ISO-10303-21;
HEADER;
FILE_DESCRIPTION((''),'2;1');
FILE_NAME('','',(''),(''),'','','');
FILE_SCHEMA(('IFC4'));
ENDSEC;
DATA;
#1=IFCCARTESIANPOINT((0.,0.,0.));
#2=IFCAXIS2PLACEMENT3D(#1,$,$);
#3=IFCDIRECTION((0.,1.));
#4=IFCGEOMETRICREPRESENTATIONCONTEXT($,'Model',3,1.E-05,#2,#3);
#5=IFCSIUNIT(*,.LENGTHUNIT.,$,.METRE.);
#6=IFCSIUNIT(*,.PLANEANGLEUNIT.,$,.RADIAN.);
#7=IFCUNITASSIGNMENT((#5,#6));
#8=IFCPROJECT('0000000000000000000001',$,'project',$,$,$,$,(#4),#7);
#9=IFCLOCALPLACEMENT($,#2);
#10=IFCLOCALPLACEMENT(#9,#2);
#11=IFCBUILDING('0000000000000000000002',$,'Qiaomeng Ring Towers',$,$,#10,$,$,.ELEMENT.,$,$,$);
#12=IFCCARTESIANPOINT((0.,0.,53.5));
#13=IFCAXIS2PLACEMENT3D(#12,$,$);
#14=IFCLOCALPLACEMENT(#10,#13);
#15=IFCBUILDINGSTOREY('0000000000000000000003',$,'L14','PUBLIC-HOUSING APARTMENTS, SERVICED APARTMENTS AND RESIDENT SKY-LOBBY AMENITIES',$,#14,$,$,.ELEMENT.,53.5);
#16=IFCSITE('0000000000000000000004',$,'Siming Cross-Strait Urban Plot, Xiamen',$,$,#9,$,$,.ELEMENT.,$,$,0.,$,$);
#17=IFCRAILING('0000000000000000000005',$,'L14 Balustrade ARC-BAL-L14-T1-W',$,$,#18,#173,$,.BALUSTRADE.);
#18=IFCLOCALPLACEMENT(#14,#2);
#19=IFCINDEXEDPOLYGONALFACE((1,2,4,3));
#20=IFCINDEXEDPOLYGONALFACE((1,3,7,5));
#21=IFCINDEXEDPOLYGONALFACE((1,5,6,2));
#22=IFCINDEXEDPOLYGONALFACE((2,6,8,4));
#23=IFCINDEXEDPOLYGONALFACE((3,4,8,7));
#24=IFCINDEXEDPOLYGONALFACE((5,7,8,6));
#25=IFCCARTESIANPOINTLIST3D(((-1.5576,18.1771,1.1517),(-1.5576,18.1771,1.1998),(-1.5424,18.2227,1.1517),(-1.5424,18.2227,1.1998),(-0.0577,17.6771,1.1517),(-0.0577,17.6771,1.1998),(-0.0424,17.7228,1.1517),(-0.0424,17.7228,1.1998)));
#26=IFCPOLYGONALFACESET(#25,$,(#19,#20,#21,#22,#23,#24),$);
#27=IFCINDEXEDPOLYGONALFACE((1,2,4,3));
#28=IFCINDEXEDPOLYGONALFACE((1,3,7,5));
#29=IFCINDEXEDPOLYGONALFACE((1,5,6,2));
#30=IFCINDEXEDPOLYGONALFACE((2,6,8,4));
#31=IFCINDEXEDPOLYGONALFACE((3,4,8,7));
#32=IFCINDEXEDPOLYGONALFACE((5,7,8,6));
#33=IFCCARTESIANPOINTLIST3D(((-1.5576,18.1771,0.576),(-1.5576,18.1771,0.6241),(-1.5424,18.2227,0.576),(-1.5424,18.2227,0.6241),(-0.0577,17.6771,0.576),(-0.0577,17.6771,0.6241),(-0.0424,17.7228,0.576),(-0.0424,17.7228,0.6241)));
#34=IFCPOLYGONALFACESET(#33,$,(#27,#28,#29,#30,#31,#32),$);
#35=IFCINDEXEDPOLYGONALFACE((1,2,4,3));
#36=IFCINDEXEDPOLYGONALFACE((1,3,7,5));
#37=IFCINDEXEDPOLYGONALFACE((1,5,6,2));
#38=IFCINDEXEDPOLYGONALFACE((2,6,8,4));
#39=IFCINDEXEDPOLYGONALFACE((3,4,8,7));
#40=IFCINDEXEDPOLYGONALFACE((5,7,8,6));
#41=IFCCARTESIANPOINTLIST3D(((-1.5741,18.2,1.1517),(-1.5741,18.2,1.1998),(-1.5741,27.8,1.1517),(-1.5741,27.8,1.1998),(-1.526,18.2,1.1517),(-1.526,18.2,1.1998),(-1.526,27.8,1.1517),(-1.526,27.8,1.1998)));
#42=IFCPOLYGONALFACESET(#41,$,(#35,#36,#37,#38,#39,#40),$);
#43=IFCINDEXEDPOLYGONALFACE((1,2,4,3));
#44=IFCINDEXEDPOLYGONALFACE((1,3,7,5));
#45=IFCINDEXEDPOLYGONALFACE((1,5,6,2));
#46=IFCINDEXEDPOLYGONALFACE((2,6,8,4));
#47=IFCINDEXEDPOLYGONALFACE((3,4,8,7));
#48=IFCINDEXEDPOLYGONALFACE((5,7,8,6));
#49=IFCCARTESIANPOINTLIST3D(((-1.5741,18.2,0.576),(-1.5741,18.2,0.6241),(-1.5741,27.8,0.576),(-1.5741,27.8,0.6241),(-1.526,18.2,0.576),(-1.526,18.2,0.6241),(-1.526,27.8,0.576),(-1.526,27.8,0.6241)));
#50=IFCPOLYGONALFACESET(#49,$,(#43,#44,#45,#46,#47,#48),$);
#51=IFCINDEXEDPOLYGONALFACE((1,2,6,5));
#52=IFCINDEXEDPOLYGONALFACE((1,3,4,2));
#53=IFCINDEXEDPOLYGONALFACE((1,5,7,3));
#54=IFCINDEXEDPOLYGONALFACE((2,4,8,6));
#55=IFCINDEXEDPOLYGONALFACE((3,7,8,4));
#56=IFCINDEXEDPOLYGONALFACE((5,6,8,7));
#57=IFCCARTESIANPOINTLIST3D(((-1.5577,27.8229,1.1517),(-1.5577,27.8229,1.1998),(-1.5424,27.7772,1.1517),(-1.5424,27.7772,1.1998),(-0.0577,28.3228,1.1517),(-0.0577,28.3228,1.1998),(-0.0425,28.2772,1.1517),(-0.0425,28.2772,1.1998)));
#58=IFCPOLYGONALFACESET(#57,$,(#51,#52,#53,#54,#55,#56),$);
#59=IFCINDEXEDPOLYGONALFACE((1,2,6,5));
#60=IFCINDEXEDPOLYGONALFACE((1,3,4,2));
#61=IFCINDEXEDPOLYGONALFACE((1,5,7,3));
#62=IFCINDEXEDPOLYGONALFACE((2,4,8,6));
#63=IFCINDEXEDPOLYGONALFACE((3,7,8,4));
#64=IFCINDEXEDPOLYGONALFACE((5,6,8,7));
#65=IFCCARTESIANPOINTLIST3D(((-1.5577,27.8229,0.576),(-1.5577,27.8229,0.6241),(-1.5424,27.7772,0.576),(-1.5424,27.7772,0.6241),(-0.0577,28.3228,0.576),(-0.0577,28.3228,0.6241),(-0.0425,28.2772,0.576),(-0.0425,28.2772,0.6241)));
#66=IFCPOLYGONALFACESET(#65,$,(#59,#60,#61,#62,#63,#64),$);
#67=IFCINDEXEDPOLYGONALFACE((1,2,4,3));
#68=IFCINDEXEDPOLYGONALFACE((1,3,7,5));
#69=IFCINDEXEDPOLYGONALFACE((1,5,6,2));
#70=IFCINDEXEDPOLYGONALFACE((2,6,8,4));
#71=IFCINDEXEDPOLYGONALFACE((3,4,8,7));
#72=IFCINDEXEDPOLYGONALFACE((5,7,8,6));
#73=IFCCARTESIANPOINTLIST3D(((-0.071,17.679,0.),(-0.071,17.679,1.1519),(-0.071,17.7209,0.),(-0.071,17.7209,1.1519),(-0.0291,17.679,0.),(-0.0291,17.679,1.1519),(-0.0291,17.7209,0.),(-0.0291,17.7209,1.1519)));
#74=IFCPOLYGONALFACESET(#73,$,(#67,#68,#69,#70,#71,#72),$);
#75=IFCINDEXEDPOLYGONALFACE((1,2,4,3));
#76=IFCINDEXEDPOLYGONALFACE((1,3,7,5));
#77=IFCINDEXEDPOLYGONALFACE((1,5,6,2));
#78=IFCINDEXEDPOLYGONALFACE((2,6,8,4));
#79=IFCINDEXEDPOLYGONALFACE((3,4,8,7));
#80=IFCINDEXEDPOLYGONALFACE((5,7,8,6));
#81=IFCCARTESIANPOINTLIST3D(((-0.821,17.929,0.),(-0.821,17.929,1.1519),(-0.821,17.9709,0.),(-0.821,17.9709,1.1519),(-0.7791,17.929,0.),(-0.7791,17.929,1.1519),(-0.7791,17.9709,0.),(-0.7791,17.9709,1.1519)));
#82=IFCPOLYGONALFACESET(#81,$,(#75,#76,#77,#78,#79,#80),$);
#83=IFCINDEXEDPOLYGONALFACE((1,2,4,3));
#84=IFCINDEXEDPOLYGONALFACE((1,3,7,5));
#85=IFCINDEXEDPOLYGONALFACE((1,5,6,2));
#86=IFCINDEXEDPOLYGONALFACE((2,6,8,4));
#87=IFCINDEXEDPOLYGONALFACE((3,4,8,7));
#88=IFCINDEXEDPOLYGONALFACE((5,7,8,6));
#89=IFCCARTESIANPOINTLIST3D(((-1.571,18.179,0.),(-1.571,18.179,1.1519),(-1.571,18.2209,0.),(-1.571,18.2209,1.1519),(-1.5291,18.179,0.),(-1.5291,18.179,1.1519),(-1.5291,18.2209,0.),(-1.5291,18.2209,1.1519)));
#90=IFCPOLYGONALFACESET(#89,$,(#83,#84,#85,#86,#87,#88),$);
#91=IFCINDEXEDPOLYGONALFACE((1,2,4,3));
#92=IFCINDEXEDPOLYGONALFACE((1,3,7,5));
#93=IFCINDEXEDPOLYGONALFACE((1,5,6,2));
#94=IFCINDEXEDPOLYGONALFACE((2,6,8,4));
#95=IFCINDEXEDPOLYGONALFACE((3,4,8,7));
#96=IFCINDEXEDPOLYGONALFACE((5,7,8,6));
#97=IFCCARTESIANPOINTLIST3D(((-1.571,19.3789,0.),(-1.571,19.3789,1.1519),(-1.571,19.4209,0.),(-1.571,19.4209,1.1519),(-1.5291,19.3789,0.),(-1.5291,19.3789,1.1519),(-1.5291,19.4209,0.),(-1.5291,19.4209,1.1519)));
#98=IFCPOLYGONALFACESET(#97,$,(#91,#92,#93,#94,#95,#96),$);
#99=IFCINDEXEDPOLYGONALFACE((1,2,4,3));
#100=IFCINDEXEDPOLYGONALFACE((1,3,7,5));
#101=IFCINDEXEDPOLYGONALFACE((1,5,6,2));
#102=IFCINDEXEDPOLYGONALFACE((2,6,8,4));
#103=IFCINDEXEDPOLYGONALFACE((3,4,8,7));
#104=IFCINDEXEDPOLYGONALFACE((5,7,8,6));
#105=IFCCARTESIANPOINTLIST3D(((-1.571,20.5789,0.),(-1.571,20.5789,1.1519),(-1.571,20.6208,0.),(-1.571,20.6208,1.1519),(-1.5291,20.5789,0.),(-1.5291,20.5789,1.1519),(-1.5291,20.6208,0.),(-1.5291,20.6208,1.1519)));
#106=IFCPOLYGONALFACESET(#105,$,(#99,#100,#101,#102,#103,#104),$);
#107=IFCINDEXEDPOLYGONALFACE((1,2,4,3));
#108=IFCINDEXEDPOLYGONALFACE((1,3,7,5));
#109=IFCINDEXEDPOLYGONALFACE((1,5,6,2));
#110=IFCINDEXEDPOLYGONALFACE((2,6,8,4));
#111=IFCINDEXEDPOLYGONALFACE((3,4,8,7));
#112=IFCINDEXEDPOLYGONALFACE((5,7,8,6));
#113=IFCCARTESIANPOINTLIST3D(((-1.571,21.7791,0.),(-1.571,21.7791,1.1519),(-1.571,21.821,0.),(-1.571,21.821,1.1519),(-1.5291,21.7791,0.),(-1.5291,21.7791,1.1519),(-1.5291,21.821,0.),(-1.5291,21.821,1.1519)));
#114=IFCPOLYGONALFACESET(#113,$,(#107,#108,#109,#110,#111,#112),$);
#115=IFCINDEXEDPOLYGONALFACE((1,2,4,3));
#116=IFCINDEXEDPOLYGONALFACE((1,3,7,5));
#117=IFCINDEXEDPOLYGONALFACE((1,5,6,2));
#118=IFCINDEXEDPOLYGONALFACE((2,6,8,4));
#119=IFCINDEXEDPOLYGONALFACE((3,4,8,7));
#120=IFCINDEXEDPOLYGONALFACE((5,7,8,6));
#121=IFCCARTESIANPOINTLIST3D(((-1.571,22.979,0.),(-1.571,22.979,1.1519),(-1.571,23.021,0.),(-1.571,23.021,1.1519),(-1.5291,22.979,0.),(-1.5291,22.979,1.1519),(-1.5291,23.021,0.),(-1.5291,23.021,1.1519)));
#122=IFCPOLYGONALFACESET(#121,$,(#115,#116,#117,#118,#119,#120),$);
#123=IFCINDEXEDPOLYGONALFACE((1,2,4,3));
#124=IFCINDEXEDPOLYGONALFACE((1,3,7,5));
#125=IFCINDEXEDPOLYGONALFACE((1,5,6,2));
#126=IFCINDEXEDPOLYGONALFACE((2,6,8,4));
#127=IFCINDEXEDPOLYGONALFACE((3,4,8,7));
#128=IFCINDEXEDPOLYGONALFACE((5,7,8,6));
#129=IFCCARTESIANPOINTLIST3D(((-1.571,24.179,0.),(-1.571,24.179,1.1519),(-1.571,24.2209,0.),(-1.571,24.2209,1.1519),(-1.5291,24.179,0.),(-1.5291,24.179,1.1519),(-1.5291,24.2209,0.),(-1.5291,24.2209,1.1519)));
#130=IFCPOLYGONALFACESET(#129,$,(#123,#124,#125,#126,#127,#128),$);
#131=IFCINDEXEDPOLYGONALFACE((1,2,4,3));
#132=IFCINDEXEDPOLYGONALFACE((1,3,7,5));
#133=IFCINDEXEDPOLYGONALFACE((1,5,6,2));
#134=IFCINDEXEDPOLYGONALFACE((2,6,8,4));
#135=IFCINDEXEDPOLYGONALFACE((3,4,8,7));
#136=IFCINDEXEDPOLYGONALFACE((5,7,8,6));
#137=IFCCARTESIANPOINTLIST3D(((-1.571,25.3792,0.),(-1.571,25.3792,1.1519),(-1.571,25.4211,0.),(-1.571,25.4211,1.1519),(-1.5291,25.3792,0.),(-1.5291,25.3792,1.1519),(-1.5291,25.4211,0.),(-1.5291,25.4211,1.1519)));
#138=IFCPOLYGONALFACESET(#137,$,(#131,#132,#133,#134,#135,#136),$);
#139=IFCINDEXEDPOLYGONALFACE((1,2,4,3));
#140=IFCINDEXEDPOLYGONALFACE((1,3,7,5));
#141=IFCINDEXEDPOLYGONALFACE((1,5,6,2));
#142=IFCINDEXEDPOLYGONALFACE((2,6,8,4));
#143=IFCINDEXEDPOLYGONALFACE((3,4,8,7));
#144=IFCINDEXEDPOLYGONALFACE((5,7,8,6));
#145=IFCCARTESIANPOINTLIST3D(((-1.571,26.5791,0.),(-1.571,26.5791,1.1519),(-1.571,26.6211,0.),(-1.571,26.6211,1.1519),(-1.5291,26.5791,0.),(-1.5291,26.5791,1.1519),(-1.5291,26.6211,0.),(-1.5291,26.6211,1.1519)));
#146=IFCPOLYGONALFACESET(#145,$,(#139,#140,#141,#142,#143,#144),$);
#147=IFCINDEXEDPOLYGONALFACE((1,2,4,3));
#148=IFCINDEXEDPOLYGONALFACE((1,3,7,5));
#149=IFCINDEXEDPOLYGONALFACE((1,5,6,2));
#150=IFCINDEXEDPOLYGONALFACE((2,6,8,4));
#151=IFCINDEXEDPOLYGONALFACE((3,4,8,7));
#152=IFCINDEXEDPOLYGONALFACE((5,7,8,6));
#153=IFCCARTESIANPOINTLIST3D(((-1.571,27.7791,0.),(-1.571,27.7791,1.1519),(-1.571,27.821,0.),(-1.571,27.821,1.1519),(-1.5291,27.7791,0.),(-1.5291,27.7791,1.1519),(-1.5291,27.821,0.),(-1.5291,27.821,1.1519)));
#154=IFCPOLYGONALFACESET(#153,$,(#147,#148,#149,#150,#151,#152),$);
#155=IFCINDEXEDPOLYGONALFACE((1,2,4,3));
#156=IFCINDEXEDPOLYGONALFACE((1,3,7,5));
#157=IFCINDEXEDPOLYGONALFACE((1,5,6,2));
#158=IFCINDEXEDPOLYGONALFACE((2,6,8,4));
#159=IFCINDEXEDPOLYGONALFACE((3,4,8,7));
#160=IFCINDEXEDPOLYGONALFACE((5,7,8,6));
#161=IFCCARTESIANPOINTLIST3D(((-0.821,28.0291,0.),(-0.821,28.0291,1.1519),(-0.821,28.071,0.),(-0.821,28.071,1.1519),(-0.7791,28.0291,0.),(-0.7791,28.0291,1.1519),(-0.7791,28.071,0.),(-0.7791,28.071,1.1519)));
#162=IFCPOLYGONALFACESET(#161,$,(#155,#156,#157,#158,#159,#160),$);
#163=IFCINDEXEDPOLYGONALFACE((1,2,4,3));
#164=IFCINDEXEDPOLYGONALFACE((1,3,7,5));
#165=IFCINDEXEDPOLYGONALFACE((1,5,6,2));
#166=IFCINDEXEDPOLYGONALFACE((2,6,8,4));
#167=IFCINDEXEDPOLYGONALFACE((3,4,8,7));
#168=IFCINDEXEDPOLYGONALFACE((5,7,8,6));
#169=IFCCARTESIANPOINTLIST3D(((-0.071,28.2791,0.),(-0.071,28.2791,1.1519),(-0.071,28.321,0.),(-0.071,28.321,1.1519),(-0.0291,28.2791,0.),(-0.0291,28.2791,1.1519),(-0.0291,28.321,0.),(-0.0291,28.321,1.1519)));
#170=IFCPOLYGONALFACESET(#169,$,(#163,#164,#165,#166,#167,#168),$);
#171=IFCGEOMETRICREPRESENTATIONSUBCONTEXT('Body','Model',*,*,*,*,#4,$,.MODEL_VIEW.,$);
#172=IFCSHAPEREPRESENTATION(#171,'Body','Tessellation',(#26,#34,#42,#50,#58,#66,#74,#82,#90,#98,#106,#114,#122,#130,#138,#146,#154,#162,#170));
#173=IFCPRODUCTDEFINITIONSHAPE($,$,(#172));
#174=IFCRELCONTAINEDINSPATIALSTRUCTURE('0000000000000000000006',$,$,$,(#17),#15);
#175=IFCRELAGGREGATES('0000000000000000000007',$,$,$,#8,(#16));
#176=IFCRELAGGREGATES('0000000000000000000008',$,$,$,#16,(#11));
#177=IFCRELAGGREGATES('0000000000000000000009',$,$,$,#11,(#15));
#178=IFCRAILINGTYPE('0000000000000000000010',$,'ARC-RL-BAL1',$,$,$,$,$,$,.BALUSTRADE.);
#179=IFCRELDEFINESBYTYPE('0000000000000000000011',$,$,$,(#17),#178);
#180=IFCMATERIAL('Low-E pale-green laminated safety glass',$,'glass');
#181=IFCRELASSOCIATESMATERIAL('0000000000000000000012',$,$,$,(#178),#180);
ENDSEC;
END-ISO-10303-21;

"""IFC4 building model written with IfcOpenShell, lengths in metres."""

from ifc_helpers import new_model, si_unit, direction, frame, origin, origin_2d, place, context, subcontext, project, spatial, rectangle, extrude, material, type_object, element, save


model = new_model("IFC4")

# Units and contexts
model_context = context("Model", 3, precision=1e-05, world=origin(), true_north=direction((0.0, 1.0)))
body_context = subcontext(model_context, "Body", "Model", "MODEL_VIEW")
ifc_project = project(units=[si_unit("LENGTHUNIT", "METRE"), si_unit("PLANEANGLEUNIT", "RADIAN")], contexts=[model_context])

# Site, building, storey
site_placement = place(None, origin())
site = spatial("IfcSite", under=ifc_project, at=site_placement, Name="Siming Cross-Strait Urban Plot, Xiamen", CompositionType="ELEMENT", RefElevation=0.0)
building_placement = place(site_placement, origin())
building = spatial("IfcBuilding", under=site, at=building_placement, Name="Qiaomeng Ring Towers", CompositionType="ELEMENT")
storey_placement = place(building_placement, frame((0.0, 0.0, 53.5)))
storey = spatial("IfcBuildingStorey", under=building, at=storey_placement, Name="L14", Description="PUBLIC-HOUSING APARTMENTS, SERVICED APARTMENTS AND RESIDENT SKY-LOBBY AMENITIES", CompositionType="ELEMENT", Elevation=53.5)

# Railing
ifc_material_1 = material(Name="Low-E pale-green laminated safety glass", Category="glass")
railing_type = type_object("IfcRailingType", Name="ARC-RL-BAL1", PredefinedType="BALUSTRADE", material=ifc_material_1)
railing_1_placement = place(storey_placement, frame((-0.05, 17.7, 0.0)))
element("IfcRailing", 1, at=railing_1_placement, inside=storey, type_object=railing_type, Name="L14 Balustrade ARC-BAL-L14-T1-W", PredefinedType="BALUSTRADE", context=body_context, shape_type="SweptSolid", body=[
    extrude(rectangle(XDim=0.0481, YDim=0.0481, at=origin_2d()), frame((0.0, 0.0, 1.1758), z_axis=(-0.948683, 0.316228, 0.0), x_axis=(-0.316228, -0.948683, 0.0)), (0.0, 0.0, 1.0), 1.5811),
    extrude(rectangle(XDim=0.0481, YDim=0.0481, at=origin_2d()), frame((0.0, 0.0, 0.6001), z_axis=(-0.948683, 0.316228, 0.0), x_axis=(-0.316228, -0.948683, 0.0)), (0.0, 0.0, 1.0), 1.5811),
    extrude(rectangle(XDim=0.0481, YDim=0.0481, at=origin_2d()), frame((-1.5, 0.5, 1.1758), z_axis=(0.0, 1.0, 0.0), x_axis=(-1.0, 0.0, 0.0)), (0.0, 0.0, 1.0), 9.6001),
    extrude(rectangle(XDim=0.0481, YDim=0.0481, at=origin_2d()), frame((-1.5, 0.5, 0.6001), z_axis=(0.0, 1.0, 0.0), x_axis=(-1.0, 0.0, 0.0)), (0.0, 0.0, 1.0), 9.6001),
    extrude(rectangle(XDim=0.0481, YDim=0.0481, at=origin_2d()), frame((-1.5, 10.1001, 1.1758), z_axis=(0.948683, 0.316228, 0.0), x_axis=(-0.316228, 0.948683, 0.0)), (0.0, 0.0, 1.0), 1.5811),
    extrude(rectangle(XDim=0.0481, YDim=0.0481, at=origin_2d()), frame((-1.5, 10.1001, 0.6001), z_axis=(0.948683, 0.316228, 0.0), x_axis=(-0.316228, 0.948683, 0.0)), (0.0, 0.0, 1.0), 1.5811),
    extrude(rectangle(XDim=0.042, YDim=0.042, at=origin_2d()), origin(), (0.0, 0.0, 1.0), 1.1519),
    extrude(rectangle(XDim=0.042, YDim=0.042, at=origin_2d()), frame((-0.75, 0.25, 0.0)), (0.0, 0.0, 1.0), 1.1519),
    extrude(rectangle(XDim=0.042, YDim=0.042, at=origin_2d()), frame((-1.5, 0.5, 0.0)), (0.0, 0.0, 1.0), 1.1519),
    extrude(rectangle(XDim=0.042, YDim=0.042, at=origin_2d()), frame((-1.5, 1.7, 0.0)), (0.0, 0.0, 1.0), 1.1519),
    extrude(rectangle(XDim=0.042, YDim=0.042, at=origin_2d()), frame((-1.5, 2.8999, 0.0)), (0.0, 0.0, 1.0), 1.1519),
    extrude(rectangle(XDim=0.042, YDim=0.042, at=origin_2d()), frame((-1.5, 4.1001, 0.0)), (0.0, 0.0, 1.0), 1.1519),
    extrude(rectangle(XDim=0.042, YDim=0.042, at=origin_2d()), frame((-1.5, 5.3, 0.0)), (0.0, 0.0, 1.0), 1.1519),
    extrude(rectangle(XDim=0.042, YDim=0.042, at=origin_2d()), frame((-1.5, 6.5, 0.0)), (0.0, 0.0, 1.0), 1.1519),
    extrude(rectangle(XDim=0.042, YDim=0.042, at=origin_2d()), frame((-1.5, 7.7002, 0.0)), (0.0, 0.0, 1.0), 1.1519),
    extrude(rectangle(XDim=0.042, YDim=0.042, at=origin_2d()), frame((-1.5, 8.9001, 0.0)), (0.0, 0.0, 1.0), 1.1519),
    extrude(rectangle(XDim=0.042, YDim=0.042, at=origin_2d()), frame((-1.5, 10.1001, 0.0)), (0.0, 0.0, 1.0), 1.1519),
    extrude(rectangle(XDim=0.042, YDim=0.042, at=origin_2d()), frame((-0.75, 10.3501, 0.0)), (0.0, 0.0, 1.0), 1.1519),
    extrude(rectangle(XDim=0.042, YDim=0.042, at=origin_2d()), frame((0.0, 10.6001, 0.0)), (0.0, 0.0, 1.0), 1.1519),
])

save(model, "model.ifc")
